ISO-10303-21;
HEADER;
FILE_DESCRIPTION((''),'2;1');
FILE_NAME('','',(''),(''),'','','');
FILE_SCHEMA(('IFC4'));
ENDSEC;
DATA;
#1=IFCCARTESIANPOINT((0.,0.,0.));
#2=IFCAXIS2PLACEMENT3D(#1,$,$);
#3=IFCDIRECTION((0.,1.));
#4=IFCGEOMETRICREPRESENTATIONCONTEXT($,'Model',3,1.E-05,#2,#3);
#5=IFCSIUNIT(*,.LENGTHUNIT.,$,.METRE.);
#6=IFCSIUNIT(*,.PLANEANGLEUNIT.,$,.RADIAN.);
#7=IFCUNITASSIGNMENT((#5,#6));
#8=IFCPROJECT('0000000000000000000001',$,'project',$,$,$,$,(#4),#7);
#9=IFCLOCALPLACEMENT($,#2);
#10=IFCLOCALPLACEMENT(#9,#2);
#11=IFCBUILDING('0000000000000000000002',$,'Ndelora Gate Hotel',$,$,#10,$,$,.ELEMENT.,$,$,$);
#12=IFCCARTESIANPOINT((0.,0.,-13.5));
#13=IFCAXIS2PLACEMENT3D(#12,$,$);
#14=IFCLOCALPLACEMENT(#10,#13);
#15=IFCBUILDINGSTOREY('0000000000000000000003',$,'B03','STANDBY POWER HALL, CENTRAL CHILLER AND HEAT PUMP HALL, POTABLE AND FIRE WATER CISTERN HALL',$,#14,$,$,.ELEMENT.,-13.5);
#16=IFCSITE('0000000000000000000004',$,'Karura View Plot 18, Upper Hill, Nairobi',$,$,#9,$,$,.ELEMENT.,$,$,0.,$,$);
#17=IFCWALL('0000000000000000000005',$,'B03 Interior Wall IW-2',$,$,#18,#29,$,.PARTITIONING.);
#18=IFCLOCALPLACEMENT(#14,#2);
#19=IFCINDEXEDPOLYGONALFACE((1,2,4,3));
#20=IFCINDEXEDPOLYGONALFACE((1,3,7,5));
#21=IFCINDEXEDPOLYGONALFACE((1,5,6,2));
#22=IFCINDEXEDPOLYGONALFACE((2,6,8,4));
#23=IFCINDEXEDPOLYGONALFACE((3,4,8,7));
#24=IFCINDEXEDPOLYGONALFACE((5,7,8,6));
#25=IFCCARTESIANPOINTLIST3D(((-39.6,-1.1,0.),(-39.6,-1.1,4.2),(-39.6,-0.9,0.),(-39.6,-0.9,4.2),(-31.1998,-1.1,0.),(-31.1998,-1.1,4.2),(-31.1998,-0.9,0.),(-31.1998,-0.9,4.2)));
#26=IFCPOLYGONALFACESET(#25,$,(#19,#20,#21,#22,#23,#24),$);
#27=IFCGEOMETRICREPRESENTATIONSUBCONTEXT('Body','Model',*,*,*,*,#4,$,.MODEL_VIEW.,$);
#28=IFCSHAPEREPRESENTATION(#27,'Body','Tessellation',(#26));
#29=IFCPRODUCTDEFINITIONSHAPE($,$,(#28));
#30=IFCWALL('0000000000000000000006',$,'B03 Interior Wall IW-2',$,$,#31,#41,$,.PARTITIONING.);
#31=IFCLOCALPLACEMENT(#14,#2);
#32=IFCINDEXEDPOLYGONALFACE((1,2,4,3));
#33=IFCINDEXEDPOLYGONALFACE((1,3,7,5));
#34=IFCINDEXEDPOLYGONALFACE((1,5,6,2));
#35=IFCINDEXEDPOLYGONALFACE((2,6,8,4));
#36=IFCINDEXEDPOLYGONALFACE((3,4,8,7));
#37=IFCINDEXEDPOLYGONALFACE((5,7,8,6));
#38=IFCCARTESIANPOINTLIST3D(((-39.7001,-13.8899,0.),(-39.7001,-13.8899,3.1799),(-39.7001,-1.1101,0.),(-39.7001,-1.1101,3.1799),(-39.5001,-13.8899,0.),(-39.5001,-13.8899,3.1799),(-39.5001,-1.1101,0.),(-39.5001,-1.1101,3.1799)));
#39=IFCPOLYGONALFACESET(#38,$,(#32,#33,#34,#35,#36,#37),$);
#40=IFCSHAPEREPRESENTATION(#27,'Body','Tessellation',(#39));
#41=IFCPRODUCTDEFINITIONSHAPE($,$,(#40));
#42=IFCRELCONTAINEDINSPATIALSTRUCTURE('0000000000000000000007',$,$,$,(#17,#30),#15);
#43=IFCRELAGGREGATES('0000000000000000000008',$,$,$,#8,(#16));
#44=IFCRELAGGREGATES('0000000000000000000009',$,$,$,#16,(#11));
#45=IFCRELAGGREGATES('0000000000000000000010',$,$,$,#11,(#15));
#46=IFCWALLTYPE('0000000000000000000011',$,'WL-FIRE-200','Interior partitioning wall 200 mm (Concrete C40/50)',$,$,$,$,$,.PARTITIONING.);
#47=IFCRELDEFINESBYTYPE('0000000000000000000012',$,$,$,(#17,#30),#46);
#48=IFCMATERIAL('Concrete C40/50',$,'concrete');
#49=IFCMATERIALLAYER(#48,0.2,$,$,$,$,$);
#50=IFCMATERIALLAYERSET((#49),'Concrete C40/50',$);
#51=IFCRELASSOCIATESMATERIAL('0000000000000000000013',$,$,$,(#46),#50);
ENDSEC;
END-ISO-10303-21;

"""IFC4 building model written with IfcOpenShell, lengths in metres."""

from ifc_helpers import new_model, si_unit, direction, frame, frame_2d, origin, place, context, subcontext, project, spatial, rectangle, extrude, material, layer, layer_set, type_object, element, save


model = new_model("IFC4")

# Units and contexts
model_context = context("Model", 3, precision=1e-05, world=origin(), true_north=direction((0.0, 1.0)))
body_context = subcontext(model_context, "Body", "Model", "MODEL_VIEW")
ifc_project = project(units=[si_unit("LENGTHUNIT", "METRE"), si_unit("PLANEANGLEUNIT", "RADIAN")], contexts=[model_context])

# Site, building, storey
site_placement = place(None, origin())
site = spatial("IfcSite", under=ifc_project, at=site_placement, Name="Karura View Plot 18, Upper Hill, Nairobi", CompositionType="ELEMENT", RefElevation=0.0)
building_placement = place(site_placement, origin())
building = spatial("IfcBuilding", under=site, at=building_placement, Name="Ndelora Gate Hotel", CompositionType="ELEMENT")
storey_placement = place(building_placement, frame((0.0, 0.0, -13.5)))
storey = spatial("IfcBuildingStorey", under=building, at=storey_placement, Name="B03", Description="STANDBY POWER HALL, CENTRAL CHILLER AND HEAT PUMP HALL, POTABLE AND FIRE WATER CISTERN HALL", CompositionType="ELEMENT", Elevation=-13.5)

# Shared definitions
ifc_material_1 = material(Name="Concrete C40/50", Category="concrete")

# Walls
ifc_layer_1 = layer(ifc_material_1, 0.2)
ifc_layer_set_1 = layer_set([ifc_layer_1], Name="Concrete C40/50")
wall_type = type_object("IfcWallType", Name="WL-FIRE-200", Description="Interior partitioning wall 200 mm (Concrete C40/50)", PredefinedType="PARTITIONING", material=ifc_layer_set_1)
wall_1_placement = place(storey_placement, frame((-39.6001, -1.0, 0.0), z_axis=(0.0, 0.0, 1.0), x_axis=(1.0, 0.0, 0.0)))
element("IfcWall", 1, at=wall_1_placement, inside=storey, type_object=wall_type, Name="B03 Interior Wall IW-2", PredefinedType="PARTITIONING", context=body_context, shape_type="SweptSolid", body=[
    extrude(rectangle(XDim=8.4001, YDim=0.2, at=frame_2d((4.2002, 0.0))), origin(), (0.0, 0.0, 1.0), 4.2),
])
wall_2_placement = place(storey_placement, frame((-39.6001, -1.1101, 0.0), z_axis=(0.0, 0.0, 1.0), x_axis=(0.0, -1.0, 0.0)))
element("IfcWall", 2, at=wall_2_placement, inside=storey, type_object=wall_type, Name="B03 Interior Wall IW-2", PredefinedType="PARTITIONING", context=body_context, shape_type="SweptSolid", body=[
    extrude(rectangle(XDim=12.7798, YDim=0.2, at=frame_2d((6.3899, 0.0))), origin(), (0.0, 0.0, 1.0), 3.1799),
])

save(model, "model.ifc")
